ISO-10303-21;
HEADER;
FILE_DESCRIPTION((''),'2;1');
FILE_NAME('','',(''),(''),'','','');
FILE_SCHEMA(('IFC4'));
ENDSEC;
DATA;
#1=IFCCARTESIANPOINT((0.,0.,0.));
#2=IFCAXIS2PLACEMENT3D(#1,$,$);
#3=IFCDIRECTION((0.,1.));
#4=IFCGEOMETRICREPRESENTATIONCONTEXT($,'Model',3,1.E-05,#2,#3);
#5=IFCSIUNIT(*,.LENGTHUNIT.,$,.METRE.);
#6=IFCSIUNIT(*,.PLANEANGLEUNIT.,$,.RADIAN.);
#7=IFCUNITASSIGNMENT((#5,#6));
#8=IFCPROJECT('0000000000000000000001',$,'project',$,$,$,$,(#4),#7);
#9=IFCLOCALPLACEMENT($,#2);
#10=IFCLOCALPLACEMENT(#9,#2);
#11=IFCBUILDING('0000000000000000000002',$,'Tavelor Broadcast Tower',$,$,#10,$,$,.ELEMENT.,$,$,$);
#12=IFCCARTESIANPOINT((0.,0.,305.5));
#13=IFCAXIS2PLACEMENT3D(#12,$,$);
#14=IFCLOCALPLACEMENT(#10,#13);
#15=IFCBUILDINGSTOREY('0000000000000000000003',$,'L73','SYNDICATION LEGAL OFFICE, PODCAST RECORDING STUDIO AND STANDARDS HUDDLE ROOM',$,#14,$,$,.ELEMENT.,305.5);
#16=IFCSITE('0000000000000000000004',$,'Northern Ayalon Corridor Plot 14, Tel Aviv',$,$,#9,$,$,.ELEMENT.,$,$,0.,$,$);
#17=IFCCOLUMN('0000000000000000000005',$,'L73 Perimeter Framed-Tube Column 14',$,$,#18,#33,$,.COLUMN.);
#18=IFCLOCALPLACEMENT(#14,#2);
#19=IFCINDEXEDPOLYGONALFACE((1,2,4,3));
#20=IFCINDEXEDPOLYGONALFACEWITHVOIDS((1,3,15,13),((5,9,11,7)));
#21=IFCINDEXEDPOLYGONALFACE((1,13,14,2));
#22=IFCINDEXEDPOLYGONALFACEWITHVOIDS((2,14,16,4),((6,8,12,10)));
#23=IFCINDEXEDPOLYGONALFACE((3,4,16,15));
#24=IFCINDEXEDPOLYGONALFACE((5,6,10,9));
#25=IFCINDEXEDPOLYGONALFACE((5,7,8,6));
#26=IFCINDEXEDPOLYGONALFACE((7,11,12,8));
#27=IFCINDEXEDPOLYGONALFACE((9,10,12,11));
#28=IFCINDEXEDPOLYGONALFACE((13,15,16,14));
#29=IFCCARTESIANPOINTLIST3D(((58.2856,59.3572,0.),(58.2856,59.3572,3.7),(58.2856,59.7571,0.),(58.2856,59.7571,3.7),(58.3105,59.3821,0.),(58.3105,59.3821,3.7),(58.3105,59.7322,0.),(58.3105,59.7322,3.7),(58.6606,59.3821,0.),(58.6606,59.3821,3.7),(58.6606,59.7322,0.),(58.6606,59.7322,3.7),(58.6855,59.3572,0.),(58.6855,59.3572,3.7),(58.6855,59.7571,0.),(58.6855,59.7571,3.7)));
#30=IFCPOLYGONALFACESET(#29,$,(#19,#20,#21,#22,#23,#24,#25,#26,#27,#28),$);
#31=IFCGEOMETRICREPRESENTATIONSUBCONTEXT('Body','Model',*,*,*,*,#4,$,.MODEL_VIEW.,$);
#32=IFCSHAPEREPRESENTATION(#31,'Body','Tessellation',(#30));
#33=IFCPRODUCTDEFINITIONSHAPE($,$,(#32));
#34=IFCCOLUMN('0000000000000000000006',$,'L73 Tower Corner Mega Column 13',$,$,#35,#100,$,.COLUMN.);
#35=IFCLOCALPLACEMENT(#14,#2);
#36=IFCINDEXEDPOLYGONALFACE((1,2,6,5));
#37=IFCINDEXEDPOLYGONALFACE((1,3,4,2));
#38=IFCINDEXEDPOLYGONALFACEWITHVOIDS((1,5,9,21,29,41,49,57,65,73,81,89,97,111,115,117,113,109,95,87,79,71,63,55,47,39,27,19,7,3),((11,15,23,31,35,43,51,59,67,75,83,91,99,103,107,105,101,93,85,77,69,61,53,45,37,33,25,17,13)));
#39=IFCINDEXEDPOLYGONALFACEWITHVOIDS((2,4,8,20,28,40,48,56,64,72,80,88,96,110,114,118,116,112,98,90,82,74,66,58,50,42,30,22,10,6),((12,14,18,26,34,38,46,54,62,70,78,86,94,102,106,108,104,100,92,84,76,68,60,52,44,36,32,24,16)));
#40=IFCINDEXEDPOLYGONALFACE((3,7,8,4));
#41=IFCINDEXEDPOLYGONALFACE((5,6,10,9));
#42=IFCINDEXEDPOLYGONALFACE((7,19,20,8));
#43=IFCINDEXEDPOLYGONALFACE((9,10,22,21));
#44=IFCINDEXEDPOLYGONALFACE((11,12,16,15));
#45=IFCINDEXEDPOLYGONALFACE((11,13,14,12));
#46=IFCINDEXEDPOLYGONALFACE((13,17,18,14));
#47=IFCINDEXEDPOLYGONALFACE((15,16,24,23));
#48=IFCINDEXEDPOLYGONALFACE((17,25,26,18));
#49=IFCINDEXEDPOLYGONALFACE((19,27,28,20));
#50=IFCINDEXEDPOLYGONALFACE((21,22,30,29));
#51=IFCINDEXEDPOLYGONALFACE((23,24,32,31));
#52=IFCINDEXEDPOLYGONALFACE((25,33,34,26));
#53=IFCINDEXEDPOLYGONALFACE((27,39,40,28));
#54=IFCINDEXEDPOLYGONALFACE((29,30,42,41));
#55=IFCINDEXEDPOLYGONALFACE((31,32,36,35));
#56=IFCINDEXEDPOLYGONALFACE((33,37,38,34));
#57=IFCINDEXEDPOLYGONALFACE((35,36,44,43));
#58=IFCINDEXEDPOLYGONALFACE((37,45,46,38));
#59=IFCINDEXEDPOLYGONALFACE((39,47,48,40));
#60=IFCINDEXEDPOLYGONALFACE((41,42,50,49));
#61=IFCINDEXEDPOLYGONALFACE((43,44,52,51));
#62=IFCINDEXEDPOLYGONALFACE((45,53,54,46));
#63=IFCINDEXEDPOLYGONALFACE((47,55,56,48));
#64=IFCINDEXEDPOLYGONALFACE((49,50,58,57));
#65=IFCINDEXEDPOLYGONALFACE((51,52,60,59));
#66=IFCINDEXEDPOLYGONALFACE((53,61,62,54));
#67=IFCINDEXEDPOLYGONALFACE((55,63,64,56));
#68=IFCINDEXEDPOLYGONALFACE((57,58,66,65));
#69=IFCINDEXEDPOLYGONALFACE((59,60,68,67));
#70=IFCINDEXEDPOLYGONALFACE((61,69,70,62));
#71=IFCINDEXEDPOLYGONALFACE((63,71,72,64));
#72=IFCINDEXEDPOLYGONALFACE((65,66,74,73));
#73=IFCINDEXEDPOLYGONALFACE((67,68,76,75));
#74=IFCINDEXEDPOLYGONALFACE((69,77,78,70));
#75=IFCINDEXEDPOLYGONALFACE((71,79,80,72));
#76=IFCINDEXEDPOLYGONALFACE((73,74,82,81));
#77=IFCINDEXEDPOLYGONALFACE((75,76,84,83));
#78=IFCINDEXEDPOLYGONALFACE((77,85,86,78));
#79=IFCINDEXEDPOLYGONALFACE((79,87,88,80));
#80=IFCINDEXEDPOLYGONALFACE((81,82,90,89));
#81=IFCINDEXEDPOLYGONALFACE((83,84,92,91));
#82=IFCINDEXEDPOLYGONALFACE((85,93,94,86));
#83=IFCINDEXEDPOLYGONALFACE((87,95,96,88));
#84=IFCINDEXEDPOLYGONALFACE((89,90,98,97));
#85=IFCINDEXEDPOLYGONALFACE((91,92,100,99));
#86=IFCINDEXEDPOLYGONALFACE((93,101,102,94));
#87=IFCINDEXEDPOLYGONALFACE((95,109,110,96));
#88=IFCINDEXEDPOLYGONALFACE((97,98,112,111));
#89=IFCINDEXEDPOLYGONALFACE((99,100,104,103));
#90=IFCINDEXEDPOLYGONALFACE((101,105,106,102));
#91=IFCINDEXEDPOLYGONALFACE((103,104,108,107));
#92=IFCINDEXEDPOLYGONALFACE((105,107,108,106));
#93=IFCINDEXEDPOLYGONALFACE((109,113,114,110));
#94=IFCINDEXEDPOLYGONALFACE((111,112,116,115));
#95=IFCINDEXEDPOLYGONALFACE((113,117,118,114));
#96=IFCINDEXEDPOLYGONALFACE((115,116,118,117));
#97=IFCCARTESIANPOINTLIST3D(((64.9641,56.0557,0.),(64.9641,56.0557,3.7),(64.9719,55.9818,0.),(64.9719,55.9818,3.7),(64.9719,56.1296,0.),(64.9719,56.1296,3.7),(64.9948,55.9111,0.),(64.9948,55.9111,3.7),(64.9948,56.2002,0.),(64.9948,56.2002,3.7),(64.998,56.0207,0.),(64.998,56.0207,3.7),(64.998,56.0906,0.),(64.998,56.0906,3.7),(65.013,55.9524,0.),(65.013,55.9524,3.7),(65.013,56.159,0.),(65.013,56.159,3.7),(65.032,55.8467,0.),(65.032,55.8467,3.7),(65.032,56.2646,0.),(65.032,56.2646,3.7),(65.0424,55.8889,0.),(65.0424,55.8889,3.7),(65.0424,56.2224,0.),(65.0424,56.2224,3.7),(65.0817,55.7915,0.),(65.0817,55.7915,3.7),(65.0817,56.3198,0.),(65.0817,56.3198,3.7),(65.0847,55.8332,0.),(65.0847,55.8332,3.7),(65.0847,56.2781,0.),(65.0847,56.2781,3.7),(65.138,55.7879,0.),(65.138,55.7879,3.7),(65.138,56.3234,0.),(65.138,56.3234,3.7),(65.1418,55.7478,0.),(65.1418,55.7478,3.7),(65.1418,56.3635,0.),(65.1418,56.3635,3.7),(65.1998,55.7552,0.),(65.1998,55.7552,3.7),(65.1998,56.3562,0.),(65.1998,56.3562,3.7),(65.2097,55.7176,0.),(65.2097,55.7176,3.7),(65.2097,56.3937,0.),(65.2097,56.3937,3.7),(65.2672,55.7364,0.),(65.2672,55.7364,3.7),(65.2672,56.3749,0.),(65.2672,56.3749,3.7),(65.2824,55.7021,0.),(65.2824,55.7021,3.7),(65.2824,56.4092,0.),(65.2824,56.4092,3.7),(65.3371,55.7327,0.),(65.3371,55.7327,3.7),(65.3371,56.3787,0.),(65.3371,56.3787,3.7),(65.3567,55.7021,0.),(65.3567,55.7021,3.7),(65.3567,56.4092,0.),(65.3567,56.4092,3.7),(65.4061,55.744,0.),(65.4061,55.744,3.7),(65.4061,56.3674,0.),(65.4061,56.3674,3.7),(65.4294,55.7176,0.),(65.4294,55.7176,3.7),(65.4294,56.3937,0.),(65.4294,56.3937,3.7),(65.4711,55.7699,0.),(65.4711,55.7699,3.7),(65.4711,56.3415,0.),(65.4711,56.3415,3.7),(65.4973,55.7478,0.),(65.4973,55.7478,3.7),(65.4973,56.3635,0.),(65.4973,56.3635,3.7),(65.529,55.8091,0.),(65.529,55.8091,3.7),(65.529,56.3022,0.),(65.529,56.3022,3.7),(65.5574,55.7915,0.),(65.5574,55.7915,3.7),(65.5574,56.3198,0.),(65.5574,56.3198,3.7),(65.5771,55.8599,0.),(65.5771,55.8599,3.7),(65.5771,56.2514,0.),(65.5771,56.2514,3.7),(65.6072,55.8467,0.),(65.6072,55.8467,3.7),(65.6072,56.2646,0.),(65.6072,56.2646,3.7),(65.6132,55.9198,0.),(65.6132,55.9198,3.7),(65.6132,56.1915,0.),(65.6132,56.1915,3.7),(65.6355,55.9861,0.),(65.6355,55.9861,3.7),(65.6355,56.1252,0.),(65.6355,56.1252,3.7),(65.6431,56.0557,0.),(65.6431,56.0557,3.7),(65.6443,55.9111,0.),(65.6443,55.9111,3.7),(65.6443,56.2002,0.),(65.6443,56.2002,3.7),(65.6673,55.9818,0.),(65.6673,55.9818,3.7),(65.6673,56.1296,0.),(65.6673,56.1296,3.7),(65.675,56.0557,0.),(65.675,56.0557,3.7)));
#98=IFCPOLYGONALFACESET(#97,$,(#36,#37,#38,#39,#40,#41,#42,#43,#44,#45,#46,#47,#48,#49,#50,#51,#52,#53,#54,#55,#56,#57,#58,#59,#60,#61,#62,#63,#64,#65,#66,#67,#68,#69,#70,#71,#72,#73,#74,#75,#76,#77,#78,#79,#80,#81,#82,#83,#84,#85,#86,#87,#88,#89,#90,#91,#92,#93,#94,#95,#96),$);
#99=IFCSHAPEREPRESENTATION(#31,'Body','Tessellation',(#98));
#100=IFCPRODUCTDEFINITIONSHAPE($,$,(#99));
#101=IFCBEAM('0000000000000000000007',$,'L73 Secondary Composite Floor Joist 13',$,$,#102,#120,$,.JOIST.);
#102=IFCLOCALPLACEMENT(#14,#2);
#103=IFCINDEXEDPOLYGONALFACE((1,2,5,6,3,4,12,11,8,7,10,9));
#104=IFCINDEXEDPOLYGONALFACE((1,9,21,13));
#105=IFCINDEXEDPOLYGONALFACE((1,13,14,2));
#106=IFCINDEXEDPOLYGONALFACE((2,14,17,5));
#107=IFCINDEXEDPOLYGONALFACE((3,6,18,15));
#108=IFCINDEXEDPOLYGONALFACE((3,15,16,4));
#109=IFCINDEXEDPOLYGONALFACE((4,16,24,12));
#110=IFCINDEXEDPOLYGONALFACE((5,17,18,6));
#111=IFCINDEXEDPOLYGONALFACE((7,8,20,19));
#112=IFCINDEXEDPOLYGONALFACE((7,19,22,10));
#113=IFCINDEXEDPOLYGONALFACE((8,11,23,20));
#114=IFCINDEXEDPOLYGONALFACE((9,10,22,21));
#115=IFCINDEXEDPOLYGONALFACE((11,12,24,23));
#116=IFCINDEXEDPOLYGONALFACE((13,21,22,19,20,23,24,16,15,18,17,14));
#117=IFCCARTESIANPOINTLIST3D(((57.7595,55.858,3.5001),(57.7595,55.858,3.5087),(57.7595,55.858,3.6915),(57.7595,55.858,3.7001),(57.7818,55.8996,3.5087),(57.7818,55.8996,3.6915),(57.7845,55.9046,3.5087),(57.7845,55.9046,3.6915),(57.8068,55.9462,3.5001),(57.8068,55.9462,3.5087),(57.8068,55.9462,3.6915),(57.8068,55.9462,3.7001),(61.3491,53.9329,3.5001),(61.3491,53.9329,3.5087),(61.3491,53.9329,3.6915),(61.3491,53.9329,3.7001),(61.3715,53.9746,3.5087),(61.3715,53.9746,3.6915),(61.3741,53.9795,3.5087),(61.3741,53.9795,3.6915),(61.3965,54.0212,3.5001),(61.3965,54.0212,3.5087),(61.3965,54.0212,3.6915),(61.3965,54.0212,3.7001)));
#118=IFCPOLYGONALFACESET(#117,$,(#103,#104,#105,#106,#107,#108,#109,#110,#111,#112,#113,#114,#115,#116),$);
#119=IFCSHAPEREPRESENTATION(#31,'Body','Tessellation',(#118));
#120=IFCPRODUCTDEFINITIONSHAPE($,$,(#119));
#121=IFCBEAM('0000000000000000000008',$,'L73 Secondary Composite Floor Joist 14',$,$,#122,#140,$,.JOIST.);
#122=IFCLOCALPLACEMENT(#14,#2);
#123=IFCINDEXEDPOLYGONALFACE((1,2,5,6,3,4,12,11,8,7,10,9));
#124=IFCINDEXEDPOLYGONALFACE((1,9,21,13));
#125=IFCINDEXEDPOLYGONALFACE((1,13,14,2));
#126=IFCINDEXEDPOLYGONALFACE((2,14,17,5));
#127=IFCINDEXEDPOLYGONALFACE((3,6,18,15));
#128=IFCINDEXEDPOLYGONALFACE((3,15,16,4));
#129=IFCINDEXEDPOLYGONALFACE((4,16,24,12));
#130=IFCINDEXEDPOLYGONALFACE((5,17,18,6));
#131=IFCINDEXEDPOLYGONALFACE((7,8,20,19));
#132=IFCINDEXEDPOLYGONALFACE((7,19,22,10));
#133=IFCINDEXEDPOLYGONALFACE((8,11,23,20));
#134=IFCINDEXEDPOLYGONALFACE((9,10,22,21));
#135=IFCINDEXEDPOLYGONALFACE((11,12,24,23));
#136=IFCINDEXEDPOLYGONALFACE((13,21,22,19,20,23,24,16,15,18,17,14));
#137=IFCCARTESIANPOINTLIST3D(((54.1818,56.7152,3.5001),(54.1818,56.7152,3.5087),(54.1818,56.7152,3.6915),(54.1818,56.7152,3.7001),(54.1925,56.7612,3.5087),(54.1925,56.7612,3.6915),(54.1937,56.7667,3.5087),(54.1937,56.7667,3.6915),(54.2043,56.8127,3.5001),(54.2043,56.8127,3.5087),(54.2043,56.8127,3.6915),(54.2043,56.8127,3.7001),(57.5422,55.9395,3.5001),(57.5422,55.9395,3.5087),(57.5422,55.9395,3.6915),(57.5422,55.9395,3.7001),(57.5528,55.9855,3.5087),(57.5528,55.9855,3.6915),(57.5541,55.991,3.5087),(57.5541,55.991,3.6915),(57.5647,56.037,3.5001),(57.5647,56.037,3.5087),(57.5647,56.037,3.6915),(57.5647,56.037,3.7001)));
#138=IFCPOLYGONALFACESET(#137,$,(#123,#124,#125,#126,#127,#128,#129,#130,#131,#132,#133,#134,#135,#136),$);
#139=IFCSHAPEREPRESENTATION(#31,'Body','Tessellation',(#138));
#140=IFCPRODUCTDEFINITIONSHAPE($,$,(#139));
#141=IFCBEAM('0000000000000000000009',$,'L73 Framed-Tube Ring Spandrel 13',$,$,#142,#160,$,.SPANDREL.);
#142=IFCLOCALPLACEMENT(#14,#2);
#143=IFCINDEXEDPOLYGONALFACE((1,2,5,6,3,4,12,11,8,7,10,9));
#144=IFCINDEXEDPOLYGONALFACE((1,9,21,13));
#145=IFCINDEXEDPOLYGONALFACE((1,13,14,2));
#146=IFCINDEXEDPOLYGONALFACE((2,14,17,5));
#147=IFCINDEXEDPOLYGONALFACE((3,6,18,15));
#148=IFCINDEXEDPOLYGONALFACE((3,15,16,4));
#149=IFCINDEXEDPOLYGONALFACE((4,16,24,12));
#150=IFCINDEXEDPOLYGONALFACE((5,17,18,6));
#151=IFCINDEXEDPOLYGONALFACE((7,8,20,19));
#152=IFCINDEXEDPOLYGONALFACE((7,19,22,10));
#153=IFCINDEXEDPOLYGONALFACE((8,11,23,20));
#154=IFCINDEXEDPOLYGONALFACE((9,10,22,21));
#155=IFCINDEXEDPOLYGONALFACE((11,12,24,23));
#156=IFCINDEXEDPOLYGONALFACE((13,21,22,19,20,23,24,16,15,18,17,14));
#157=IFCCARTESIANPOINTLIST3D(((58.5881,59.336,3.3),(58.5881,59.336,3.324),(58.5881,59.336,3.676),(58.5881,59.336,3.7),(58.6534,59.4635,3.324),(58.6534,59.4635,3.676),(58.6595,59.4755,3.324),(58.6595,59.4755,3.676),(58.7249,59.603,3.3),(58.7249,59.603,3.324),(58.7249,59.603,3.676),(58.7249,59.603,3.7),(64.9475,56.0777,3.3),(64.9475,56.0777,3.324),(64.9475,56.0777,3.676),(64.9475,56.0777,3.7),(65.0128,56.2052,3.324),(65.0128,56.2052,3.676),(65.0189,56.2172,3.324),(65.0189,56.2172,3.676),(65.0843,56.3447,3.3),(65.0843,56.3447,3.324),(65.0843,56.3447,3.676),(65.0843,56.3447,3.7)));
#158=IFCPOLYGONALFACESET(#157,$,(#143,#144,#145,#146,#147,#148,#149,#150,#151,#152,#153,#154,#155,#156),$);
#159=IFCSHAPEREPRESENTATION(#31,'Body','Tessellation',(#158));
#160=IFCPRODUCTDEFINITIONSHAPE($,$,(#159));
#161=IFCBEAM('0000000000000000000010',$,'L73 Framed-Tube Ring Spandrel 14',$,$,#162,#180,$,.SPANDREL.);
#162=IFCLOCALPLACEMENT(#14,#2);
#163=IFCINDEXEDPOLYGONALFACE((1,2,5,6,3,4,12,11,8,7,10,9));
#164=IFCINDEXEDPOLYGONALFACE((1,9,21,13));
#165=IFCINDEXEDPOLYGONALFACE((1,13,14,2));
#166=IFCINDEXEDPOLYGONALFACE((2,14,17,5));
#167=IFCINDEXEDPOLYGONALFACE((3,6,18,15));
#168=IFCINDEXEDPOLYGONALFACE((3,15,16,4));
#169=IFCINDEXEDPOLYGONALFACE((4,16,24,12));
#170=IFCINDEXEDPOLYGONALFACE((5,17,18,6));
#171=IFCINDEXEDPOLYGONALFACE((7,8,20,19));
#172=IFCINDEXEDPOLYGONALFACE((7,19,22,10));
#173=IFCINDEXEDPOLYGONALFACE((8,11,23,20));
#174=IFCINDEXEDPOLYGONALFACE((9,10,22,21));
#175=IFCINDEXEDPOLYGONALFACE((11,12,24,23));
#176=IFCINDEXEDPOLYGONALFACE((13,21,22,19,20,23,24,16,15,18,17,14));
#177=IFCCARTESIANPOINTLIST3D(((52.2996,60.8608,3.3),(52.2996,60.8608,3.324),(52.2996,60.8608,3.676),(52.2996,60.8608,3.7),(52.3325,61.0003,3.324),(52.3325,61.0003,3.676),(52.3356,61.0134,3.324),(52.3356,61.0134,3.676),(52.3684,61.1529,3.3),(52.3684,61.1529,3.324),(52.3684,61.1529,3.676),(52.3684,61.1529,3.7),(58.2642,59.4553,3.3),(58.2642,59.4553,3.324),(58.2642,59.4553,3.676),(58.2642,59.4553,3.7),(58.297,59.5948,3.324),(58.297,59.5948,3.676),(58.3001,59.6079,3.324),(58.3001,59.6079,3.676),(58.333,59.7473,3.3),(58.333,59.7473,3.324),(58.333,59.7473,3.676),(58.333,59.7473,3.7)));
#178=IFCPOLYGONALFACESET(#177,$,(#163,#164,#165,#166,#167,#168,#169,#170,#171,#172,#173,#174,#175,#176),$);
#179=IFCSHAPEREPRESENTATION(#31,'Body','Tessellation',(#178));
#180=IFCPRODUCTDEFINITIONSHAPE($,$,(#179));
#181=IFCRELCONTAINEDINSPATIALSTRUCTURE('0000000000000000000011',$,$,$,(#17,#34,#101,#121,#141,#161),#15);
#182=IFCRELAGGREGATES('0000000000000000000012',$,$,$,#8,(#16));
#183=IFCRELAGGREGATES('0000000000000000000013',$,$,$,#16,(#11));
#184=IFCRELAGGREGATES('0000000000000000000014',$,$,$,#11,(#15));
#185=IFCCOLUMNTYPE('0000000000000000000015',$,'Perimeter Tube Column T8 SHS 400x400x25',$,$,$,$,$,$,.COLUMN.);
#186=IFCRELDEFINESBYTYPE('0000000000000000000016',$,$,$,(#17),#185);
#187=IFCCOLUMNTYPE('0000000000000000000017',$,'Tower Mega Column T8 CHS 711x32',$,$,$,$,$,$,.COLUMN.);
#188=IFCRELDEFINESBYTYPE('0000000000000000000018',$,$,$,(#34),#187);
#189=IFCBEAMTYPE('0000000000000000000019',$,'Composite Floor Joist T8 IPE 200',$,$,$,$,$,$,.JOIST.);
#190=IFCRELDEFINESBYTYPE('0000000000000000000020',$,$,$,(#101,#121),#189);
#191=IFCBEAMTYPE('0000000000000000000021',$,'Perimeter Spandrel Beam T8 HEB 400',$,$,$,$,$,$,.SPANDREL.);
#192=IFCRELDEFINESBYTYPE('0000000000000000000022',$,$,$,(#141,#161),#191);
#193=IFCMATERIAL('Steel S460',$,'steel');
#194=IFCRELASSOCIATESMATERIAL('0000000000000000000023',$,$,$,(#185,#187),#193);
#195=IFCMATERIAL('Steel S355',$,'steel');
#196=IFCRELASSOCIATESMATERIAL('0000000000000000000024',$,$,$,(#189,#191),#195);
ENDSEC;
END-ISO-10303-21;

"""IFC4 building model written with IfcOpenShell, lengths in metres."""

from ifc_helpers import new_model, si_unit, direction, frame, origin, origin_2d, place, context, subcontext, project, spatial, hollow_rectangle, hollow_circle, i_section, extrude, material, material_profile, profile_set, type_object, element, save


model = new_model("IFC4")

# Units and contexts
model_context = context("Model", 3, precision=1e-05, world=origin(), true_north=direction((0.0, 1.0)))
body_context = subcontext(model_context, "Body", "Model", "MODEL_VIEW")
ifc_project = project(units=[si_unit("LENGTHUNIT", "METRE"), si_unit("PLANEANGLEUNIT", "RADIAN")], contexts=[model_context])

# Site, building, storey
site_placement = place(None, origin())
site = spatial("IfcSite", under=ifc_project, at=site_placement, Name="Northern Ayalon Corridor Plot 14, Tel Aviv", CompositionType="ELEMENT", RefElevation=0.0)
building_placement = place(site_placement, origin())
building = spatial("IfcBuilding", under=site, at=building_placement, Name="Tavelor Broadcast Tower", CompositionType="ELEMENT")
storey_placement = place(building_placement, frame((0.0, 0.0, 305.5)))
storey = spatial("IfcBuildingStorey", under=building, at=storey_placement, Name="L73", Description="SYNDICATION LEGAL OFFICE, PODCAST RECORDING STUDIO AND STANDARDS HUDDLE ROOM", CompositionType="ELEMENT", Elevation=305.5)

# Columns
ifc_material_1 = material(Name="Steel S460", Category="steel")
ifc_material_profile_1 = material_profile(ifc_material_1, hollow_rectangle(XDim=0.3999, YDim=0.3999, WallThickness=0.0249, at=origin_2d()), Name="SHS 400x400x25")
ifc_profile_set_1 = profile_set([ifc_material_profile_1], Name="Steel S460")
column_type_1 = type_object("IfcColumnType", Name="Perimeter Tube Column T8 SHS 400x400x25", PredefinedType="COLUMN", material=ifc_profile_set_1)
column_1_placement = place(storey_placement, frame((58.4856, 59.5571, 0.0), z_axis=(0.0, 0.0, 1.0), x_axis=(1.0, 0.0, 0.0)))
element("IfcColumn", 1, at=column_1_placement, inside=storey, type_object=column_type_1, Name="L73 Perimeter Framed-Tube Column 14", PredefinedType="COLUMN", context=body_context, shape_type="SweptSolid", body=[
    extrude(hollow_rectangle(XDim=0.3999, YDim=0.3999, WallThickness=0.0249, at=origin_2d()), origin(), (0.0, 0.0, 1.0), 3.7),
])
ifc_material_profile_2 = material_profile(ifc_material_1, hollow_circle(Radius=0.3555, WallThickness=0.032, at=origin_2d()), Name="CHS 711x32")
ifc_profile_set_2 = profile_set([ifc_material_profile_2], Name="Steel S460")
column_type_2 = type_object("IfcColumnType", Name="Tower Mega Column T8 CHS 711x32", PredefinedType="COLUMN", material=ifc_profile_set_2)
column_2_placement = place(storey_placement, frame((65.3196, 56.0557, 0.0), z_axis=(0.0, 0.0, 1.0), x_axis=(1.0, 0.0, 0.0)))
element("IfcColumn", 2, at=column_2_placement, inside=storey, type_object=column_type_2, Name="L73 Tower Corner Mega Column 13", PredefinedType="COLUMN", context=body_context, shape_type="SweptSolid", body=[
    extrude(hollow_circle(Radius=0.3555, WallThickness=0.032, at=origin_2d()), origin(), (0.0, 0.0, 1.0), 3.7),
])

# Beams
ifc_material_2 = material(Name="Steel S355", Category="steel")
ifc_material_profile_3 = material_profile(ifc_material_2, i_section(OverallWidth=0.1001, OverallDepth=0.2, WebThickness=0.0056, FlangeThickness=0.0085, at=origin_2d()), Name="IPE 200")
ifc_profile_set_3 = profile_set([ifc_material_profile_3], Name="Steel S355")
beam_type_1 = type_object("IfcBeamType", Name="Composite Floor Joist T8 IPE 200", PredefinedType="JOIST", material=ifc_profile_set_3)
beam_1_placement = place(storey_placement, frame((61.3728, 53.9771, 3.6001), z_axis=(-0.88127, 0.472612, 0.0), x_axis=(-0.472612, -0.88127, 0.0)))
element("IfcBeam", 3, at=beam_1_placement, inside=storey, type_object=beam_type_1, Name="L73 Secondary Composite Floor Joist 13", PredefinedType="JOIST", context=body_context, shape_type="SweptSolid", body=[
    extrude(i_section(OverallWidth=0.1001, OverallDepth=0.2, WebThickness=0.0056, FlangeThickness=0.0085, at=origin_2d()), origin(), (0.0, 0.0, 1.0), 4.0732),
])
beam_2_placement = place(storey_placement, frame((57.5535, 55.9883, 3.6001), z_axis=(-0.97438, 0.224906, 0.0), x_axis=(-0.224906, -0.97438, 0.0)))
element("IfcBeam", 4, at=beam_2_placement, inside=storey, type_object=beam_type_1, Name="L73 Secondary Composite Floor Joist 14", PredefinedType="JOIST", context=body_context, shape_type="SweptSolid", body=[
    extrude(i_section(OverallWidth=0.1001, OverallDepth=0.2, WebThickness=0.0056, FlangeThickness=0.0085, at=origin_2d()), origin(), (0.0, 0.0, 1.0), 3.4487),
])
ifc_material_profile_4 = material_profile(ifc_material_2, i_section(OverallWidth=0.3, OverallDepth=0.3999, WebThickness=0.0134, FlangeThickness=0.0239, at=origin_2d()), Name="HEB 400")
ifc_profile_set_4 = profile_set([ifc_material_profile_4], Name="Steel S355")
beam_type_2 = type_object("IfcBeamType", Name="Perimeter Spandrel Beam T8 HEB 400", PredefinedType="SPANDREL", material=ifc_profile_set_4)
beam_3_placement = place(storey_placement, frame((65.0159, 56.2112, 3.5), z_axis=(-0.889983, 0.455993, 0.0), x_axis=(-0.455993, -0.889983, 0.0)))
element("IfcBeam", 5, at=beam_3_placement, inside=storey, type_object=beam_type_2, Name="L73 Framed-Tube Ring Spandrel 13", PredefinedType="SPANDREL", context=body_context, shape_type="SweptSolid", body=[
    extrude(i_section(OverallWidth=0.3, OverallDepth=0.3999, WebThickness=0.0134, FlangeThickness=0.0239, at=origin_2d()), origin(), (0.0, 0.0, 1.0), 7.1455),
])
beam_4_placement = place(storey_placement, frame((58.2986, 59.6013, 3.5), z_axis=(-0.973341, 0.229361, 0.0), x_axis=(-0.229361, -0.973341, 0.0)))
element("IfcBeam", 6, at=beam_4_placement, inside=storey, type_object=beam_type_2, Name="L73 Framed-Tube Ring Spandrel 14", PredefinedType="SPANDREL", context=body_context, shape_type="SweptSolid", body=[
    extrude(i_section(OverallWidth=0.3, OverallDepth=0.3999, WebThickness=0.0134, FlangeThickness=0.0239, at=origin_2d()), origin(), (0.0, 0.0, 1.0), 6.1279),
])

save(model, "model.ifc")
